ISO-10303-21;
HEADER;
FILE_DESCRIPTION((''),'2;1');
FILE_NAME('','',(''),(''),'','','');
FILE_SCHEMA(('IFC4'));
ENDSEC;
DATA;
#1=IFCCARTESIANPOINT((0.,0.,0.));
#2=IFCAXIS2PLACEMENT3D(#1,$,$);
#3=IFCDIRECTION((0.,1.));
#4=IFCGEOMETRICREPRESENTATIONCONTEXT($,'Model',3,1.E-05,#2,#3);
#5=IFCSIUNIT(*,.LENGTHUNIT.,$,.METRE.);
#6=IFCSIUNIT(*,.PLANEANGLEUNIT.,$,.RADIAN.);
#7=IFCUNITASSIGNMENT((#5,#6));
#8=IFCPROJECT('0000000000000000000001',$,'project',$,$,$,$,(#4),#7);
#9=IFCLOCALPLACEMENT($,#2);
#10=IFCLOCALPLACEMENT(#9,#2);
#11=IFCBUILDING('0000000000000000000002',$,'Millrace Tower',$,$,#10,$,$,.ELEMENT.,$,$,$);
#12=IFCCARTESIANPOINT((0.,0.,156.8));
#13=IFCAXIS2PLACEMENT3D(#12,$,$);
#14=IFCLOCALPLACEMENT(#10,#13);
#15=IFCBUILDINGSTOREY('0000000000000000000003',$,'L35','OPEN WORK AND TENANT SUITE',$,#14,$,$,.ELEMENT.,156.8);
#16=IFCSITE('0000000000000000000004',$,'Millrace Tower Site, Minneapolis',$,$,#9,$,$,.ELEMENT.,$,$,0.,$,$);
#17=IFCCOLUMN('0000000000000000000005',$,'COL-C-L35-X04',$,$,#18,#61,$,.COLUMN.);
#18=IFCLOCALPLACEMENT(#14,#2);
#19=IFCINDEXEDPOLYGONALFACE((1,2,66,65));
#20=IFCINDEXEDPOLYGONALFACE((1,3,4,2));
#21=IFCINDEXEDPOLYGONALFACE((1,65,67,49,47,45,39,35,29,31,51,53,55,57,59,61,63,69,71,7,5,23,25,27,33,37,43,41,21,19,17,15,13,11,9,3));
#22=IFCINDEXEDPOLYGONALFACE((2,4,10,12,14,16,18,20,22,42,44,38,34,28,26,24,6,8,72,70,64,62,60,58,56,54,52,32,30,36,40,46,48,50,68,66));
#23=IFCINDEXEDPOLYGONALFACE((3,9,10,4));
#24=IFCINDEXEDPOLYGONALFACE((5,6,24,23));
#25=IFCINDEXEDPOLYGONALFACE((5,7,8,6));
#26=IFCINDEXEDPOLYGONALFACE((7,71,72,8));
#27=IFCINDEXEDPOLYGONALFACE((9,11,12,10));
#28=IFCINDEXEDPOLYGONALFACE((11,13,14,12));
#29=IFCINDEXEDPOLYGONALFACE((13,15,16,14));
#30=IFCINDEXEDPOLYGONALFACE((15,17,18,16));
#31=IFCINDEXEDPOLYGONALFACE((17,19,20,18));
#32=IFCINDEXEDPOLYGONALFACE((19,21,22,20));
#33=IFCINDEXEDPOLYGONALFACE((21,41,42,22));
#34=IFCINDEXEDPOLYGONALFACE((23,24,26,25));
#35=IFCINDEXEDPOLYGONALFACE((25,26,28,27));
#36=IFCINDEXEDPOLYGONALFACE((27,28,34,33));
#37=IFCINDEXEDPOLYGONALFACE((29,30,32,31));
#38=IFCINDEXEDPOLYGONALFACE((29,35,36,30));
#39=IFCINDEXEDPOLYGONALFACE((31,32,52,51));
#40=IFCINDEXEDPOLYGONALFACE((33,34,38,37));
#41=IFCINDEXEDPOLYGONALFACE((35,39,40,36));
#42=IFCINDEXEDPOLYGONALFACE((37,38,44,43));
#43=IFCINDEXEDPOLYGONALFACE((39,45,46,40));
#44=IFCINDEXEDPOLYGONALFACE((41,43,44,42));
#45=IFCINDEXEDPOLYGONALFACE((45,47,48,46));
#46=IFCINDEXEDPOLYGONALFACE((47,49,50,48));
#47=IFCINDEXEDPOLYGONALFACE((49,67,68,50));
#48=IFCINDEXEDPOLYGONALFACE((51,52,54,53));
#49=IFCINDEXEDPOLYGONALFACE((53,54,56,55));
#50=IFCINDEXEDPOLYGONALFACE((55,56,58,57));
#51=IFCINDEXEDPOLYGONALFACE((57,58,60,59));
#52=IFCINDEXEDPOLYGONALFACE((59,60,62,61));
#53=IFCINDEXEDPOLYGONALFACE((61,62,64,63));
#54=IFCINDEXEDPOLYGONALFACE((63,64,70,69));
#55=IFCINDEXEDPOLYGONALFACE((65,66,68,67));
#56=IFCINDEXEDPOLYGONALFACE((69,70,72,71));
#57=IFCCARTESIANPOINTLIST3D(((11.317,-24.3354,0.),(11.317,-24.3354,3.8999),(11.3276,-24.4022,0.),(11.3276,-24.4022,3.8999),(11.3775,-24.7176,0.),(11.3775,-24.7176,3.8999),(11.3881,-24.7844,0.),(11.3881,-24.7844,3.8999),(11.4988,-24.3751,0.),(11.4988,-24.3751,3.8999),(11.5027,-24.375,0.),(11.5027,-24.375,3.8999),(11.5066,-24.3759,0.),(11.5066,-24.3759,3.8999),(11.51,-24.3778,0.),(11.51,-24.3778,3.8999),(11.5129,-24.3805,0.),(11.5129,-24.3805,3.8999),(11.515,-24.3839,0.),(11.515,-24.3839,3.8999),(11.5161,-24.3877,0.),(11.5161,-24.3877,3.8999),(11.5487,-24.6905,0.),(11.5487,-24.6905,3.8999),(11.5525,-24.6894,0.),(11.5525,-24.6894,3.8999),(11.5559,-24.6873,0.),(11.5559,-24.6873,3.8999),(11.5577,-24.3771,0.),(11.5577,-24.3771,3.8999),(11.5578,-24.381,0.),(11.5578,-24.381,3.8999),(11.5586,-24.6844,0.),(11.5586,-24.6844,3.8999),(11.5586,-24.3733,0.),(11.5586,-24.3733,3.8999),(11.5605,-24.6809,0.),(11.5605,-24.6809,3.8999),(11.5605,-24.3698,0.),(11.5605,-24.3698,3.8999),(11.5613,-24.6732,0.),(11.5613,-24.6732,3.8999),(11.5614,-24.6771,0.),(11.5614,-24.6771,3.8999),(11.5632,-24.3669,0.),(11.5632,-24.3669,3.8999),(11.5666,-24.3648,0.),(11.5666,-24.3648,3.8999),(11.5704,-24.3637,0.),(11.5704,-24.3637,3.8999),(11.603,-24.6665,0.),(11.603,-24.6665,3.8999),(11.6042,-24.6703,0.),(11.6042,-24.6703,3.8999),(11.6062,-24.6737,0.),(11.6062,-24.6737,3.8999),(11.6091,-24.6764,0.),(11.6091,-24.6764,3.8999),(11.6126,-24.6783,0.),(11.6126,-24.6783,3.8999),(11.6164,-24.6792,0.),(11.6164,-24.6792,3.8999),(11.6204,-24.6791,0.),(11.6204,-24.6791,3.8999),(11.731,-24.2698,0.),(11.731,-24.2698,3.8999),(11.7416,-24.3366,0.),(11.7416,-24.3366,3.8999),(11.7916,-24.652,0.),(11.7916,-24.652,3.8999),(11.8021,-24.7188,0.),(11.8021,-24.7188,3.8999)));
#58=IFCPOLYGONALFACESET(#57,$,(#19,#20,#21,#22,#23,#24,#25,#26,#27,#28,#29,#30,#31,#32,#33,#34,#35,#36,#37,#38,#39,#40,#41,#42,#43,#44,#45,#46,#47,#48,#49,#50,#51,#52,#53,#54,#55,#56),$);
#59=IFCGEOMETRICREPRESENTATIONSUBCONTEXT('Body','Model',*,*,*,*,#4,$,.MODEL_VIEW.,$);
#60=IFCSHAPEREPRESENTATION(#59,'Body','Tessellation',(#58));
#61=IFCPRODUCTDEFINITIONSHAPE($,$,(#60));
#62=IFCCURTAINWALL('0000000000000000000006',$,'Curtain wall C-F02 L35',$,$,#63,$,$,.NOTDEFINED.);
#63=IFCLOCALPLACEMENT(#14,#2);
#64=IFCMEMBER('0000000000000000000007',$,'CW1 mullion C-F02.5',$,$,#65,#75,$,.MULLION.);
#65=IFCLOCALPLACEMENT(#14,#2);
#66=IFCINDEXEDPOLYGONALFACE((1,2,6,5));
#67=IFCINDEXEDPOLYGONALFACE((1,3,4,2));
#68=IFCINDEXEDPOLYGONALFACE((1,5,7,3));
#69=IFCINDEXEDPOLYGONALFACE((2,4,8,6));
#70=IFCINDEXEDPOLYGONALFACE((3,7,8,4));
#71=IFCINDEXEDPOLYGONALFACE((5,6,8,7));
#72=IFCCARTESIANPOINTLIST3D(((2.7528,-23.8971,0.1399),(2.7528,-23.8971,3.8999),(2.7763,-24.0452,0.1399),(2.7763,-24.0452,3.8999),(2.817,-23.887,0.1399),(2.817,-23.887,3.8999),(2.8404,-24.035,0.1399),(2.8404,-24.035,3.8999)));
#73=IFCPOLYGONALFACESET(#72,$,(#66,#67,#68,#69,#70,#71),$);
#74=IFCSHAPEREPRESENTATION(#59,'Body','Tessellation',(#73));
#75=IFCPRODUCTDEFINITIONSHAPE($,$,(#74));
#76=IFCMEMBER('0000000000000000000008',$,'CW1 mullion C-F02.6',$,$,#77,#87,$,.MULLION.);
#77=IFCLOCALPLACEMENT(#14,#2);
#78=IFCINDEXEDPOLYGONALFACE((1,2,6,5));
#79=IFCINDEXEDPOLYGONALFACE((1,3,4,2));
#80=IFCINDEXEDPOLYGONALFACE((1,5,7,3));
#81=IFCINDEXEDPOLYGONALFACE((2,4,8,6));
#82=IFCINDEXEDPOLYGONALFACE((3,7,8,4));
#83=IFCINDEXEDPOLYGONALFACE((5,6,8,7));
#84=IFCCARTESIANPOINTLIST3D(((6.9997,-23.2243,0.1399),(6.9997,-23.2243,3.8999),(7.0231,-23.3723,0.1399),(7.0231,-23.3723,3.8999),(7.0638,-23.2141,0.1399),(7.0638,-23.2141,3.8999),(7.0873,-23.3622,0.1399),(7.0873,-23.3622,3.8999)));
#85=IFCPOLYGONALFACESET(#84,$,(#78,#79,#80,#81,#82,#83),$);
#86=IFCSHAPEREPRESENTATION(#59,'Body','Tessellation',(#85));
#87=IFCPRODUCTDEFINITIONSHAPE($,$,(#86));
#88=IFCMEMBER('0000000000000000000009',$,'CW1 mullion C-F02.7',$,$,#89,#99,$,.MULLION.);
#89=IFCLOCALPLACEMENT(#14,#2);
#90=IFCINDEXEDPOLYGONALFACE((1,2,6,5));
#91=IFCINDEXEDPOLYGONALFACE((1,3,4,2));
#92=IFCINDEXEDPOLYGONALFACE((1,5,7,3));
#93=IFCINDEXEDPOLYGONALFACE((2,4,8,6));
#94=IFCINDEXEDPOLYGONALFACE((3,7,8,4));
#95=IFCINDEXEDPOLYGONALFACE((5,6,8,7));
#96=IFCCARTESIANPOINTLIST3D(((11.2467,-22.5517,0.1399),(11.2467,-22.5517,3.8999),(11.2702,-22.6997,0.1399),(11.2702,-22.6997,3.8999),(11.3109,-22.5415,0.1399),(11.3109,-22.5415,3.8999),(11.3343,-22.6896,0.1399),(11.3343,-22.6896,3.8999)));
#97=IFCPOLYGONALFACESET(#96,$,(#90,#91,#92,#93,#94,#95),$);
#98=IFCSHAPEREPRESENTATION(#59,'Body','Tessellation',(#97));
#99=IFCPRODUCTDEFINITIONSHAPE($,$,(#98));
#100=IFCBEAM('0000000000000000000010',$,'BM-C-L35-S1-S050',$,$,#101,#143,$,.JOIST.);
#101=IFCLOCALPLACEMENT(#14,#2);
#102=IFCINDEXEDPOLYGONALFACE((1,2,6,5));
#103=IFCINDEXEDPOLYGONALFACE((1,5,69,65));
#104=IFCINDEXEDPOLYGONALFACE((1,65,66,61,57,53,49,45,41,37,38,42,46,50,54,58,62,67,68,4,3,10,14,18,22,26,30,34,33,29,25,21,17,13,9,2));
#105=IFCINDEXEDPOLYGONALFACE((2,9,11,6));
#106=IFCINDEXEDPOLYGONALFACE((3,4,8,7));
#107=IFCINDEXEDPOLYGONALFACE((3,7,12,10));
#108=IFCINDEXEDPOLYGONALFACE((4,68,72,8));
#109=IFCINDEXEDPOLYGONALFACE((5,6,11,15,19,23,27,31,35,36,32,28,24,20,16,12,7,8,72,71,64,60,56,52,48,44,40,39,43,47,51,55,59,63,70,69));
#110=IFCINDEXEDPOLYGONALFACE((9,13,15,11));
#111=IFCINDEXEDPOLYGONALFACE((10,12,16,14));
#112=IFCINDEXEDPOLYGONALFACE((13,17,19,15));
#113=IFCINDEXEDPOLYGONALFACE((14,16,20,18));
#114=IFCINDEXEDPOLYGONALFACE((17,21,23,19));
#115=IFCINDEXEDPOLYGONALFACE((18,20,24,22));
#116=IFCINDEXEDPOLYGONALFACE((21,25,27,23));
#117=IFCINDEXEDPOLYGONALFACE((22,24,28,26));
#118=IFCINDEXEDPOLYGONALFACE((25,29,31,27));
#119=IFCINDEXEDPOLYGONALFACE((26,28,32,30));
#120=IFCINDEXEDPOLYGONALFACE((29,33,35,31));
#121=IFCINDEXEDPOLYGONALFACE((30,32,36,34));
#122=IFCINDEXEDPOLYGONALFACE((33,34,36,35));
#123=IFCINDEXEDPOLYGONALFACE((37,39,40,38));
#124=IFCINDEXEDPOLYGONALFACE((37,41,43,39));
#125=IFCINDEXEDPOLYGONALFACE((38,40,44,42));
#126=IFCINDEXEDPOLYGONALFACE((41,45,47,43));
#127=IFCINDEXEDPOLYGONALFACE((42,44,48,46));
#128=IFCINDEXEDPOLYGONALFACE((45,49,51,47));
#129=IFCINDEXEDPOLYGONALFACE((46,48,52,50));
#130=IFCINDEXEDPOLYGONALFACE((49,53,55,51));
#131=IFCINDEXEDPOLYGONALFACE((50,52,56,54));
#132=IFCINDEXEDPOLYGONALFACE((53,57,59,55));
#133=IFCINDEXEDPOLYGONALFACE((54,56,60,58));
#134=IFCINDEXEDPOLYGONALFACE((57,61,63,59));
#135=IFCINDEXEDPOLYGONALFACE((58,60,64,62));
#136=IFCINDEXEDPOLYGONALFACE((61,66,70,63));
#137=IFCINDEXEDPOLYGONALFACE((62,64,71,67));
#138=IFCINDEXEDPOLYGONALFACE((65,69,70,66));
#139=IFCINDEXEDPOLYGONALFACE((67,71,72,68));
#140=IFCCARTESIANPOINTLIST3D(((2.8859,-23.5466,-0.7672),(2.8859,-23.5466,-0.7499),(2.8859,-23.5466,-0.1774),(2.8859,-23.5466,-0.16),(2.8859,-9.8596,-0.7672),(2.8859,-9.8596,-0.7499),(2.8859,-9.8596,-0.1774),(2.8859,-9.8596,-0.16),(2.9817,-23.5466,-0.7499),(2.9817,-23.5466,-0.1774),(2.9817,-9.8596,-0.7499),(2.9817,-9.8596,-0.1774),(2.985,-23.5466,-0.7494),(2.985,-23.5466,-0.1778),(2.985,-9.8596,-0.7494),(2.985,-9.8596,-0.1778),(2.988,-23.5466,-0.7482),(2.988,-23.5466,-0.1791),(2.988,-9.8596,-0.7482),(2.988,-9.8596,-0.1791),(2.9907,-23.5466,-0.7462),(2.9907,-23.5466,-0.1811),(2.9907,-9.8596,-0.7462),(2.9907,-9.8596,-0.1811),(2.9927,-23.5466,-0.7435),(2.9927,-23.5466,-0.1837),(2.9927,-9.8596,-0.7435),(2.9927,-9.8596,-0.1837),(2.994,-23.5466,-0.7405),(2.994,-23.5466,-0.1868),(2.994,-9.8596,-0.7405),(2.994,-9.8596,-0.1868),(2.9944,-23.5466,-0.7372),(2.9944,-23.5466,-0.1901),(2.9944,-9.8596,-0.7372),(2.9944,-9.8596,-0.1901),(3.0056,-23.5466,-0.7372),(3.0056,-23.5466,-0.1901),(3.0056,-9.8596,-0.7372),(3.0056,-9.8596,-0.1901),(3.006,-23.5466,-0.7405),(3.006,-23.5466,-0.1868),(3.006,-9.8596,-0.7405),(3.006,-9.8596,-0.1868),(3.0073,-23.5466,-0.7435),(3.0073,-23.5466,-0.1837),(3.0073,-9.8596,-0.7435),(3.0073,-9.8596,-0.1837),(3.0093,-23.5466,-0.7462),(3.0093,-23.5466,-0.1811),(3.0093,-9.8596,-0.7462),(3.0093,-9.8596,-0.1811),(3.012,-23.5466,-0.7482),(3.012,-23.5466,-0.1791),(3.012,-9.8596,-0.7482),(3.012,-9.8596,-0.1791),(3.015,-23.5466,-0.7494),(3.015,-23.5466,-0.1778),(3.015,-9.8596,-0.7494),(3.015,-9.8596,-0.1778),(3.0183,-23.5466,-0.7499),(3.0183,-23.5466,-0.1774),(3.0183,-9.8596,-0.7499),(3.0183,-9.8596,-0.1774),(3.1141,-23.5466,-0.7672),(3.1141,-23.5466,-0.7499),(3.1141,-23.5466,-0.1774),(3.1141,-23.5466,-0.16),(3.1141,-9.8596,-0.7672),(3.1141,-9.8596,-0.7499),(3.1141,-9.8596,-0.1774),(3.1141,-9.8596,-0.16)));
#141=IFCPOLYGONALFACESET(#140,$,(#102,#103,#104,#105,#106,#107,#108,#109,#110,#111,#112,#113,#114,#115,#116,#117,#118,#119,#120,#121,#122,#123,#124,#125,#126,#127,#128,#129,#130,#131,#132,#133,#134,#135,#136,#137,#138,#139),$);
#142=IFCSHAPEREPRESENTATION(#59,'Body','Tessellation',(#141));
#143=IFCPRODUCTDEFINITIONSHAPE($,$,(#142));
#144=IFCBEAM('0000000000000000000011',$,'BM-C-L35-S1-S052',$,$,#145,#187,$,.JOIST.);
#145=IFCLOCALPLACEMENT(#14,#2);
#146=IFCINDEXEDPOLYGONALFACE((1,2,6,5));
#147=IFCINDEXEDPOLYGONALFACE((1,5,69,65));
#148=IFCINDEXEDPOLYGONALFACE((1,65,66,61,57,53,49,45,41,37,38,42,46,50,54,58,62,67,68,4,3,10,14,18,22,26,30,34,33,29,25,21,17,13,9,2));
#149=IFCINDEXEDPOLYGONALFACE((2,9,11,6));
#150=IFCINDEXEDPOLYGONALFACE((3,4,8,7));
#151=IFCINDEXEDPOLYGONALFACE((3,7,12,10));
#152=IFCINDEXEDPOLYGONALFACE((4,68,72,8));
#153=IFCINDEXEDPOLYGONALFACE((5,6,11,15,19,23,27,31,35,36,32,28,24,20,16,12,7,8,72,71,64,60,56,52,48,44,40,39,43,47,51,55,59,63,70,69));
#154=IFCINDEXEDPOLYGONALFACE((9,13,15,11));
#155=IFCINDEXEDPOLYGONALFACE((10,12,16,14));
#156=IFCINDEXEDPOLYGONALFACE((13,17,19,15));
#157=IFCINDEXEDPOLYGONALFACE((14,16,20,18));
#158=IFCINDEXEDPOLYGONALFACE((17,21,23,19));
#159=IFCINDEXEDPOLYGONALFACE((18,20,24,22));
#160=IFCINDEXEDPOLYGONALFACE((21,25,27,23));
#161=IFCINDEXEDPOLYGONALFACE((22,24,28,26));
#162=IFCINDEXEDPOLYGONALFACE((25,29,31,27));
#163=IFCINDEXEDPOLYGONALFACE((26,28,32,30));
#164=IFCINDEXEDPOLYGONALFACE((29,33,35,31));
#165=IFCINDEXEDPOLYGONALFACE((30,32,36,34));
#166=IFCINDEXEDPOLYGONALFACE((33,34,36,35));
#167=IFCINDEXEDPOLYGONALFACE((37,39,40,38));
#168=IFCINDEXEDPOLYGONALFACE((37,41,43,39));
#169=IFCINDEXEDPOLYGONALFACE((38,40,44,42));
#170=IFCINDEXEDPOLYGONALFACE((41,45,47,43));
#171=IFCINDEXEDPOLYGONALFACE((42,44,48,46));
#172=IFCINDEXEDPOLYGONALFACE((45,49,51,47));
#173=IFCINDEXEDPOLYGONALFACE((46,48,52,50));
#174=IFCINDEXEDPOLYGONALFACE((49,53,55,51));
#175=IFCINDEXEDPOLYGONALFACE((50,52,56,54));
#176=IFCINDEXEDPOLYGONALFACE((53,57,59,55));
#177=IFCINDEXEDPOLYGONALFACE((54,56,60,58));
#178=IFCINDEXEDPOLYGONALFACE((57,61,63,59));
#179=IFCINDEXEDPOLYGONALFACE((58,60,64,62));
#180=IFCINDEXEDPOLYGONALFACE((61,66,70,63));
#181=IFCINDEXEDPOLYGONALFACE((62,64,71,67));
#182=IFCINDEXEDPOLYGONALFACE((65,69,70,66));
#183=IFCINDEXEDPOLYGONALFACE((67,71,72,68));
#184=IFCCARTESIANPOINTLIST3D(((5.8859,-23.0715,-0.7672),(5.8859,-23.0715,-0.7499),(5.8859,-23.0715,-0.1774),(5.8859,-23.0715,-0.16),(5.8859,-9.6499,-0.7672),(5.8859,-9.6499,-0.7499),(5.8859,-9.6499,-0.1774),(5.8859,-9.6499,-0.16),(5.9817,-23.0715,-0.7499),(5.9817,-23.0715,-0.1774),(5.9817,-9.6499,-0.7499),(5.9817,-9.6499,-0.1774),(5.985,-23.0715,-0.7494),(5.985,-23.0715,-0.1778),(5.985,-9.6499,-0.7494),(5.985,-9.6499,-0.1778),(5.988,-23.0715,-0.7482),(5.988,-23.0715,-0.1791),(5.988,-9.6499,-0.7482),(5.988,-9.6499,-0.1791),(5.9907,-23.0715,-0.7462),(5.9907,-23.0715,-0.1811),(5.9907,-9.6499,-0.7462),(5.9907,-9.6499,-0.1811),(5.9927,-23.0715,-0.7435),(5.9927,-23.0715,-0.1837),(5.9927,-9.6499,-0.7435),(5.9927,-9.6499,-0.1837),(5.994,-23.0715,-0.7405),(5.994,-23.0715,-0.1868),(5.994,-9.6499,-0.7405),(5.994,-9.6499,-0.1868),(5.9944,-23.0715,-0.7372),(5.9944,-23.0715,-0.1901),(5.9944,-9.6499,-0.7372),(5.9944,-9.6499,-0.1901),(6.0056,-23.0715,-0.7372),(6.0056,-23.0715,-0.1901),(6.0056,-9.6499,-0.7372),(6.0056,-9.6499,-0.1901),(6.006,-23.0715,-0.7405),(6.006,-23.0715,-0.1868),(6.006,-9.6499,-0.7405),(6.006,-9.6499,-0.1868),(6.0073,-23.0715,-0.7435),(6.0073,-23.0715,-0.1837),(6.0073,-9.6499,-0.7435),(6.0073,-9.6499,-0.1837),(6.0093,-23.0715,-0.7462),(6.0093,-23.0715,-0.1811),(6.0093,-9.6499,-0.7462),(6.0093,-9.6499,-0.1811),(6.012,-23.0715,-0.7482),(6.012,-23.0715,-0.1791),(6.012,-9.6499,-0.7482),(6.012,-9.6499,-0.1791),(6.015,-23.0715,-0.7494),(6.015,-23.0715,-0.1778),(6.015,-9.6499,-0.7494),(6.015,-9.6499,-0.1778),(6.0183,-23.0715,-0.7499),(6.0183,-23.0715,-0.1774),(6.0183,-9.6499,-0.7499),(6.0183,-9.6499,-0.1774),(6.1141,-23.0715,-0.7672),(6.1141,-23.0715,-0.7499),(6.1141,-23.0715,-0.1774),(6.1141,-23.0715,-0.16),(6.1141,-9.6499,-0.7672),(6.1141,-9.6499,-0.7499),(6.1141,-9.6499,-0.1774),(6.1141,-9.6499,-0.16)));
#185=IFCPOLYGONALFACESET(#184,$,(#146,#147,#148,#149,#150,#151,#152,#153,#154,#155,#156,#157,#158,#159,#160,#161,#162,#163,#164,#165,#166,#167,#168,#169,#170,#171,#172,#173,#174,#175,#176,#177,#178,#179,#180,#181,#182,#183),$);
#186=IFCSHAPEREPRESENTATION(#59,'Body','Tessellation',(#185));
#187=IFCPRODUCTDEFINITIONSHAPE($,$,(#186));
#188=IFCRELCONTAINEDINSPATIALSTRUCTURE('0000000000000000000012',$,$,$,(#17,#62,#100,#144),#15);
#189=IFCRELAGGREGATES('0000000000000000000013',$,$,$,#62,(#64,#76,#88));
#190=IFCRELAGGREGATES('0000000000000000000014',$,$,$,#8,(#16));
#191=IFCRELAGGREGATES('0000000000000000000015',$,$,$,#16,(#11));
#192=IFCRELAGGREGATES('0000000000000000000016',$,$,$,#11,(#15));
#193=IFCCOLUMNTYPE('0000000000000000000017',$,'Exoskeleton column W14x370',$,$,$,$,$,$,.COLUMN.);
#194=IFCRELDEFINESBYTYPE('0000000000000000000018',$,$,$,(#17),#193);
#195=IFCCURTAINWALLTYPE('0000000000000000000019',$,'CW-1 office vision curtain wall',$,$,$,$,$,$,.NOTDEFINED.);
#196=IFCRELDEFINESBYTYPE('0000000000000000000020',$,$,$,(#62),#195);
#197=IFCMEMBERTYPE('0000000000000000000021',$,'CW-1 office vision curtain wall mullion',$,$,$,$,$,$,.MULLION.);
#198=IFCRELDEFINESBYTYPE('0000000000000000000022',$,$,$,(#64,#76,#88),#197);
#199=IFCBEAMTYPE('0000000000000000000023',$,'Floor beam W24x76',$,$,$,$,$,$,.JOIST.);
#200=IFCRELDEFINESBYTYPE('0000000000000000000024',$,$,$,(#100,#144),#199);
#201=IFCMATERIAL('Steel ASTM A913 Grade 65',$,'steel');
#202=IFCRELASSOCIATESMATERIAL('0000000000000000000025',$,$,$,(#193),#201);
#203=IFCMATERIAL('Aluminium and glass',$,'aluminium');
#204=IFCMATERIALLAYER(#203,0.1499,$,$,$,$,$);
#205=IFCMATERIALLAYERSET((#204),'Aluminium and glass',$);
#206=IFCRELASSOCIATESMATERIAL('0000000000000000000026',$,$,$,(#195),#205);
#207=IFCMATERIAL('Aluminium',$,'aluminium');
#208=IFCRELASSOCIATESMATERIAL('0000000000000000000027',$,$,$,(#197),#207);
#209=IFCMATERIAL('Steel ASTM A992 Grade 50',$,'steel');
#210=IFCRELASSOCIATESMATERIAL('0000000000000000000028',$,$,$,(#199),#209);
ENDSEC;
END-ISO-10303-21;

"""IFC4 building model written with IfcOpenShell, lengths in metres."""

from ifc_helpers import new_model, si_unit, direction, frame, origin, origin_2d, place, context, subcontext, project, spatial, rectangle, i_section, extrude, material, layer, layer_set, material_profile, profile_set, type_object, element, aggregate, save


model = new_model("IFC4")

# Units and contexts
model_context = context("Model", 3, precision=1e-05, world=origin(), true_north=direction((0.0, 1.0)))
body_context = subcontext(model_context, "Body", "Model", "MODEL_VIEW")
ifc_project = project(units=[si_unit("LENGTHUNIT", "METRE"), si_unit("PLANEANGLEUNIT", "RADIAN")], contexts=[model_context])

# Site, building, storey
site_placement = place(None, origin())
site = spatial("IfcSite", under=ifc_project, at=site_placement, Name="Millrace Tower Site, Minneapolis", CompositionType="ELEMENT", RefElevation=0.0)
building_placement = place(site_placement, origin())
building = spatial("IfcBuilding", under=site, at=building_placement, Name="Millrace Tower", CompositionType="ELEMENT")
storey_placement = place(building_placement, frame((0.0, 0.0, 156.8)))
storey = spatial("IfcBuildingStorey", under=building, at=storey_placement, Name="L35", Description="OPEN WORK AND TENANT SUITE", CompositionType="ELEMENT", Elevation=156.8)

# Column
ifc_material_1 = material(Name="Steel ASTM A913 Grade 65", Category="steel")
ifc_material_profile_1 = material_profile(ifc_material_1, i_section(OverallWidth=0.4192, OverallDepth=0.4546, WebThickness=0.0422, FlangeThickness=0.0676, FilletRadius=0.0151, at=origin_2d()))
ifc_profile_set_1 = profile_set([ifc_material_profile_1], Name="Steel ASTM A913 Grade 65")
column_type = type_object("IfcColumnType", Name="Exoskeleton column W14x370", PredefinedType="COLUMN", material=ifc_profile_set_1)
column_placement = place(storey_placement, frame((11.5596, -24.5271, 0.0), z_axis=(0.0, 0.0, 1.0), x_axis=(0.987688, 0.156434, 0.0)))
element("IfcColumn", 1, at=column_placement, inside=storey, type_object=column_type, Name="COL-C-L35-X04", PredefinedType="COLUMN", context=body_context, shape_type="SweptSolid", body=[
    extrude(i_section(OverallWidth=0.4192, OverallDepth=0.4546, WebThickness=0.0422, FlangeThickness=0.0676, FilletRadius=0.0151, at=origin_2d()), origin(), (0.0, 0.0, 1.0), 3.8999),
])

# Curtain wall, members
ifc_material_2 = material(Name="Aluminium and glass", Category="aluminium")
ifc_layer_1 = layer(ifc_material_2, 0.1499)
ifc_layer_set_1 = layer_set([ifc_layer_1], Name="Aluminium and glass")
curtain_wall_type = type_object("IfcCurtainWallType", Name="CW-1 office vision curtain wall", PredefinedType="NOTDEFINED", material=ifc_layer_set_1)
placement = place(storey_placement, origin())
curtain_wall = element("IfcCurtainWall", 2, at=placement, inside=storey, type_object=curtain_wall_type, Name="Curtain wall C-F02 L35", PredefinedType="NOTDEFINED")
ifc_material_3 = material(Name="Aluminium", Category="aluminium")
ifc_material_profile_2 = material_profile(ifc_material_3, rectangle(XDim=0.0649, YDim=0.1499, at=origin_2d()))
ifc_profile_set_2 = profile_set([ifc_material_profile_2], Name="Aluminium")
member_type = type_object("IfcMemberType", Name="CW-1 office vision curtain wall mullion", PredefinedType="MULLION", material=ifc_profile_set_2)
member_1_placement = place(storey_placement, frame((2.7966, -23.9661, 0.1399), z_axis=(0.0, 0.0, 1.0), x_axis=(0.987688, 0.156434, 0.0)))
member_1 = element("IfcMember", 3, at=member_1_placement, type_object=member_type, Name="CW1 mullion C-F02.5", PredefinedType="MULLION", context=body_context, shape_type="SweptSolid", body=[
    extrude(rectangle(XDim=0.0649, YDim=0.1499, at=origin_2d()), origin(), (0.0, 0.0, 1.0), 3.76),
])
member_2_placement = place(storey_placement, frame((7.0435, -23.2932, 0.1399), z_axis=(0.0, 0.0, 1.0), x_axis=(0.987688, 0.156434, 0.0)))
member_2 = element("IfcMember", 4, at=member_2_placement, type_object=member_type, Name="CW1 mullion C-F02.6", PredefinedType="MULLION", context=body_context, shape_type="SweptSolid", body=[
    extrude(rectangle(XDim=0.0649, YDim=0.1499, at=origin_2d()), origin(), (0.0, 0.0, 1.0), 3.76),
])
member_3_placement = place(storey_placement, frame((11.2905, -22.6206, 0.1399), z_axis=(0.0, 0.0, 1.0), x_axis=(0.987688, 0.156434, 0.0)))
member_3 = element("IfcMember", 5, at=member_3_placement, type_object=member_type, Name="CW1 mullion C-F02.7", PredefinedType="MULLION", context=body_context, shape_type="SweptSolid", body=[
    extrude(rectangle(XDim=0.0649, YDim=0.1499, at=origin_2d()), origin(), (0.0, 0.0, 1.0), 3.76),
])
aggregate(curtain_wall, [member_1, member_2, member_3])

# Beams
ifc_material_4 = material(Name="Steel ASTM A992 Grade 50", Category="steel")
ifc_material_profile_3 = material_profile(ifc_material_4, i_section(OverallWidth=0.2283, OverallDepth=0.6072, WebThickness=0.0112, FlangeThickness=0.0173, FilletRadius=0.0127, at=origin_2d()))
ifc_profile_set_3 = profile_set([ifc_material_profile_3], Name="Steel ASTM A992 Grade 50")
beam_type_1 = type_object("IfcBeamType", Name="Floor beam W24x76", PredefinedType="JOIST", material=ifc_profile_set_3)
beam_1_placement = place(storey_placement, frame((3.0, -23.5466, -0.4636), z_axis=(0.0, 1.0, 0.0), x_axis=(-1.0, 0.0, 0.0)))
element("IfcBeam", 6, at=beam_1_placement, inside=storey, type_object=beam_type_1, Name="BM-C-L35-S1-S050", PredefinedType="JOIST", context=body_context, shape_type="SweptSolid", body=[
    extrude(i_section(OverallWidth=0.2283, OverallDepth=0.6072, WebThickness=0.0112, FlangeThickness=0.0173, FilletRadius=0.0127, at=origin_2d()), origin(), (0.0, 0.0, 1.0), 13.687),
])
beam_2_placement = place(storey_placement, frame((6.0, -23.0715, -0.4636), z_axis=(0.0, 1.0, 0.0), x_axis=(-1.0, 0.0, 0.0)))
element("IfcBeam", 7, at=beam_2_placement, inside=storey, type_object=beam_type_1, Name="BM-C-L35-S1-S052", PredefinedType="JOIST", context=body_context, shape_type="SweptSolid", body=[
    extrude(i_section(OverallWidth=0.2283, OverallDepth=0.6072, WebThickness=0.0112, FlangeThickness=0.0173, FilletRadius=0.0127, at=origin_2d()), origin(), (0.0, 0.0, 1.0), 13.4216),
])

save(model, "model.ifc")
